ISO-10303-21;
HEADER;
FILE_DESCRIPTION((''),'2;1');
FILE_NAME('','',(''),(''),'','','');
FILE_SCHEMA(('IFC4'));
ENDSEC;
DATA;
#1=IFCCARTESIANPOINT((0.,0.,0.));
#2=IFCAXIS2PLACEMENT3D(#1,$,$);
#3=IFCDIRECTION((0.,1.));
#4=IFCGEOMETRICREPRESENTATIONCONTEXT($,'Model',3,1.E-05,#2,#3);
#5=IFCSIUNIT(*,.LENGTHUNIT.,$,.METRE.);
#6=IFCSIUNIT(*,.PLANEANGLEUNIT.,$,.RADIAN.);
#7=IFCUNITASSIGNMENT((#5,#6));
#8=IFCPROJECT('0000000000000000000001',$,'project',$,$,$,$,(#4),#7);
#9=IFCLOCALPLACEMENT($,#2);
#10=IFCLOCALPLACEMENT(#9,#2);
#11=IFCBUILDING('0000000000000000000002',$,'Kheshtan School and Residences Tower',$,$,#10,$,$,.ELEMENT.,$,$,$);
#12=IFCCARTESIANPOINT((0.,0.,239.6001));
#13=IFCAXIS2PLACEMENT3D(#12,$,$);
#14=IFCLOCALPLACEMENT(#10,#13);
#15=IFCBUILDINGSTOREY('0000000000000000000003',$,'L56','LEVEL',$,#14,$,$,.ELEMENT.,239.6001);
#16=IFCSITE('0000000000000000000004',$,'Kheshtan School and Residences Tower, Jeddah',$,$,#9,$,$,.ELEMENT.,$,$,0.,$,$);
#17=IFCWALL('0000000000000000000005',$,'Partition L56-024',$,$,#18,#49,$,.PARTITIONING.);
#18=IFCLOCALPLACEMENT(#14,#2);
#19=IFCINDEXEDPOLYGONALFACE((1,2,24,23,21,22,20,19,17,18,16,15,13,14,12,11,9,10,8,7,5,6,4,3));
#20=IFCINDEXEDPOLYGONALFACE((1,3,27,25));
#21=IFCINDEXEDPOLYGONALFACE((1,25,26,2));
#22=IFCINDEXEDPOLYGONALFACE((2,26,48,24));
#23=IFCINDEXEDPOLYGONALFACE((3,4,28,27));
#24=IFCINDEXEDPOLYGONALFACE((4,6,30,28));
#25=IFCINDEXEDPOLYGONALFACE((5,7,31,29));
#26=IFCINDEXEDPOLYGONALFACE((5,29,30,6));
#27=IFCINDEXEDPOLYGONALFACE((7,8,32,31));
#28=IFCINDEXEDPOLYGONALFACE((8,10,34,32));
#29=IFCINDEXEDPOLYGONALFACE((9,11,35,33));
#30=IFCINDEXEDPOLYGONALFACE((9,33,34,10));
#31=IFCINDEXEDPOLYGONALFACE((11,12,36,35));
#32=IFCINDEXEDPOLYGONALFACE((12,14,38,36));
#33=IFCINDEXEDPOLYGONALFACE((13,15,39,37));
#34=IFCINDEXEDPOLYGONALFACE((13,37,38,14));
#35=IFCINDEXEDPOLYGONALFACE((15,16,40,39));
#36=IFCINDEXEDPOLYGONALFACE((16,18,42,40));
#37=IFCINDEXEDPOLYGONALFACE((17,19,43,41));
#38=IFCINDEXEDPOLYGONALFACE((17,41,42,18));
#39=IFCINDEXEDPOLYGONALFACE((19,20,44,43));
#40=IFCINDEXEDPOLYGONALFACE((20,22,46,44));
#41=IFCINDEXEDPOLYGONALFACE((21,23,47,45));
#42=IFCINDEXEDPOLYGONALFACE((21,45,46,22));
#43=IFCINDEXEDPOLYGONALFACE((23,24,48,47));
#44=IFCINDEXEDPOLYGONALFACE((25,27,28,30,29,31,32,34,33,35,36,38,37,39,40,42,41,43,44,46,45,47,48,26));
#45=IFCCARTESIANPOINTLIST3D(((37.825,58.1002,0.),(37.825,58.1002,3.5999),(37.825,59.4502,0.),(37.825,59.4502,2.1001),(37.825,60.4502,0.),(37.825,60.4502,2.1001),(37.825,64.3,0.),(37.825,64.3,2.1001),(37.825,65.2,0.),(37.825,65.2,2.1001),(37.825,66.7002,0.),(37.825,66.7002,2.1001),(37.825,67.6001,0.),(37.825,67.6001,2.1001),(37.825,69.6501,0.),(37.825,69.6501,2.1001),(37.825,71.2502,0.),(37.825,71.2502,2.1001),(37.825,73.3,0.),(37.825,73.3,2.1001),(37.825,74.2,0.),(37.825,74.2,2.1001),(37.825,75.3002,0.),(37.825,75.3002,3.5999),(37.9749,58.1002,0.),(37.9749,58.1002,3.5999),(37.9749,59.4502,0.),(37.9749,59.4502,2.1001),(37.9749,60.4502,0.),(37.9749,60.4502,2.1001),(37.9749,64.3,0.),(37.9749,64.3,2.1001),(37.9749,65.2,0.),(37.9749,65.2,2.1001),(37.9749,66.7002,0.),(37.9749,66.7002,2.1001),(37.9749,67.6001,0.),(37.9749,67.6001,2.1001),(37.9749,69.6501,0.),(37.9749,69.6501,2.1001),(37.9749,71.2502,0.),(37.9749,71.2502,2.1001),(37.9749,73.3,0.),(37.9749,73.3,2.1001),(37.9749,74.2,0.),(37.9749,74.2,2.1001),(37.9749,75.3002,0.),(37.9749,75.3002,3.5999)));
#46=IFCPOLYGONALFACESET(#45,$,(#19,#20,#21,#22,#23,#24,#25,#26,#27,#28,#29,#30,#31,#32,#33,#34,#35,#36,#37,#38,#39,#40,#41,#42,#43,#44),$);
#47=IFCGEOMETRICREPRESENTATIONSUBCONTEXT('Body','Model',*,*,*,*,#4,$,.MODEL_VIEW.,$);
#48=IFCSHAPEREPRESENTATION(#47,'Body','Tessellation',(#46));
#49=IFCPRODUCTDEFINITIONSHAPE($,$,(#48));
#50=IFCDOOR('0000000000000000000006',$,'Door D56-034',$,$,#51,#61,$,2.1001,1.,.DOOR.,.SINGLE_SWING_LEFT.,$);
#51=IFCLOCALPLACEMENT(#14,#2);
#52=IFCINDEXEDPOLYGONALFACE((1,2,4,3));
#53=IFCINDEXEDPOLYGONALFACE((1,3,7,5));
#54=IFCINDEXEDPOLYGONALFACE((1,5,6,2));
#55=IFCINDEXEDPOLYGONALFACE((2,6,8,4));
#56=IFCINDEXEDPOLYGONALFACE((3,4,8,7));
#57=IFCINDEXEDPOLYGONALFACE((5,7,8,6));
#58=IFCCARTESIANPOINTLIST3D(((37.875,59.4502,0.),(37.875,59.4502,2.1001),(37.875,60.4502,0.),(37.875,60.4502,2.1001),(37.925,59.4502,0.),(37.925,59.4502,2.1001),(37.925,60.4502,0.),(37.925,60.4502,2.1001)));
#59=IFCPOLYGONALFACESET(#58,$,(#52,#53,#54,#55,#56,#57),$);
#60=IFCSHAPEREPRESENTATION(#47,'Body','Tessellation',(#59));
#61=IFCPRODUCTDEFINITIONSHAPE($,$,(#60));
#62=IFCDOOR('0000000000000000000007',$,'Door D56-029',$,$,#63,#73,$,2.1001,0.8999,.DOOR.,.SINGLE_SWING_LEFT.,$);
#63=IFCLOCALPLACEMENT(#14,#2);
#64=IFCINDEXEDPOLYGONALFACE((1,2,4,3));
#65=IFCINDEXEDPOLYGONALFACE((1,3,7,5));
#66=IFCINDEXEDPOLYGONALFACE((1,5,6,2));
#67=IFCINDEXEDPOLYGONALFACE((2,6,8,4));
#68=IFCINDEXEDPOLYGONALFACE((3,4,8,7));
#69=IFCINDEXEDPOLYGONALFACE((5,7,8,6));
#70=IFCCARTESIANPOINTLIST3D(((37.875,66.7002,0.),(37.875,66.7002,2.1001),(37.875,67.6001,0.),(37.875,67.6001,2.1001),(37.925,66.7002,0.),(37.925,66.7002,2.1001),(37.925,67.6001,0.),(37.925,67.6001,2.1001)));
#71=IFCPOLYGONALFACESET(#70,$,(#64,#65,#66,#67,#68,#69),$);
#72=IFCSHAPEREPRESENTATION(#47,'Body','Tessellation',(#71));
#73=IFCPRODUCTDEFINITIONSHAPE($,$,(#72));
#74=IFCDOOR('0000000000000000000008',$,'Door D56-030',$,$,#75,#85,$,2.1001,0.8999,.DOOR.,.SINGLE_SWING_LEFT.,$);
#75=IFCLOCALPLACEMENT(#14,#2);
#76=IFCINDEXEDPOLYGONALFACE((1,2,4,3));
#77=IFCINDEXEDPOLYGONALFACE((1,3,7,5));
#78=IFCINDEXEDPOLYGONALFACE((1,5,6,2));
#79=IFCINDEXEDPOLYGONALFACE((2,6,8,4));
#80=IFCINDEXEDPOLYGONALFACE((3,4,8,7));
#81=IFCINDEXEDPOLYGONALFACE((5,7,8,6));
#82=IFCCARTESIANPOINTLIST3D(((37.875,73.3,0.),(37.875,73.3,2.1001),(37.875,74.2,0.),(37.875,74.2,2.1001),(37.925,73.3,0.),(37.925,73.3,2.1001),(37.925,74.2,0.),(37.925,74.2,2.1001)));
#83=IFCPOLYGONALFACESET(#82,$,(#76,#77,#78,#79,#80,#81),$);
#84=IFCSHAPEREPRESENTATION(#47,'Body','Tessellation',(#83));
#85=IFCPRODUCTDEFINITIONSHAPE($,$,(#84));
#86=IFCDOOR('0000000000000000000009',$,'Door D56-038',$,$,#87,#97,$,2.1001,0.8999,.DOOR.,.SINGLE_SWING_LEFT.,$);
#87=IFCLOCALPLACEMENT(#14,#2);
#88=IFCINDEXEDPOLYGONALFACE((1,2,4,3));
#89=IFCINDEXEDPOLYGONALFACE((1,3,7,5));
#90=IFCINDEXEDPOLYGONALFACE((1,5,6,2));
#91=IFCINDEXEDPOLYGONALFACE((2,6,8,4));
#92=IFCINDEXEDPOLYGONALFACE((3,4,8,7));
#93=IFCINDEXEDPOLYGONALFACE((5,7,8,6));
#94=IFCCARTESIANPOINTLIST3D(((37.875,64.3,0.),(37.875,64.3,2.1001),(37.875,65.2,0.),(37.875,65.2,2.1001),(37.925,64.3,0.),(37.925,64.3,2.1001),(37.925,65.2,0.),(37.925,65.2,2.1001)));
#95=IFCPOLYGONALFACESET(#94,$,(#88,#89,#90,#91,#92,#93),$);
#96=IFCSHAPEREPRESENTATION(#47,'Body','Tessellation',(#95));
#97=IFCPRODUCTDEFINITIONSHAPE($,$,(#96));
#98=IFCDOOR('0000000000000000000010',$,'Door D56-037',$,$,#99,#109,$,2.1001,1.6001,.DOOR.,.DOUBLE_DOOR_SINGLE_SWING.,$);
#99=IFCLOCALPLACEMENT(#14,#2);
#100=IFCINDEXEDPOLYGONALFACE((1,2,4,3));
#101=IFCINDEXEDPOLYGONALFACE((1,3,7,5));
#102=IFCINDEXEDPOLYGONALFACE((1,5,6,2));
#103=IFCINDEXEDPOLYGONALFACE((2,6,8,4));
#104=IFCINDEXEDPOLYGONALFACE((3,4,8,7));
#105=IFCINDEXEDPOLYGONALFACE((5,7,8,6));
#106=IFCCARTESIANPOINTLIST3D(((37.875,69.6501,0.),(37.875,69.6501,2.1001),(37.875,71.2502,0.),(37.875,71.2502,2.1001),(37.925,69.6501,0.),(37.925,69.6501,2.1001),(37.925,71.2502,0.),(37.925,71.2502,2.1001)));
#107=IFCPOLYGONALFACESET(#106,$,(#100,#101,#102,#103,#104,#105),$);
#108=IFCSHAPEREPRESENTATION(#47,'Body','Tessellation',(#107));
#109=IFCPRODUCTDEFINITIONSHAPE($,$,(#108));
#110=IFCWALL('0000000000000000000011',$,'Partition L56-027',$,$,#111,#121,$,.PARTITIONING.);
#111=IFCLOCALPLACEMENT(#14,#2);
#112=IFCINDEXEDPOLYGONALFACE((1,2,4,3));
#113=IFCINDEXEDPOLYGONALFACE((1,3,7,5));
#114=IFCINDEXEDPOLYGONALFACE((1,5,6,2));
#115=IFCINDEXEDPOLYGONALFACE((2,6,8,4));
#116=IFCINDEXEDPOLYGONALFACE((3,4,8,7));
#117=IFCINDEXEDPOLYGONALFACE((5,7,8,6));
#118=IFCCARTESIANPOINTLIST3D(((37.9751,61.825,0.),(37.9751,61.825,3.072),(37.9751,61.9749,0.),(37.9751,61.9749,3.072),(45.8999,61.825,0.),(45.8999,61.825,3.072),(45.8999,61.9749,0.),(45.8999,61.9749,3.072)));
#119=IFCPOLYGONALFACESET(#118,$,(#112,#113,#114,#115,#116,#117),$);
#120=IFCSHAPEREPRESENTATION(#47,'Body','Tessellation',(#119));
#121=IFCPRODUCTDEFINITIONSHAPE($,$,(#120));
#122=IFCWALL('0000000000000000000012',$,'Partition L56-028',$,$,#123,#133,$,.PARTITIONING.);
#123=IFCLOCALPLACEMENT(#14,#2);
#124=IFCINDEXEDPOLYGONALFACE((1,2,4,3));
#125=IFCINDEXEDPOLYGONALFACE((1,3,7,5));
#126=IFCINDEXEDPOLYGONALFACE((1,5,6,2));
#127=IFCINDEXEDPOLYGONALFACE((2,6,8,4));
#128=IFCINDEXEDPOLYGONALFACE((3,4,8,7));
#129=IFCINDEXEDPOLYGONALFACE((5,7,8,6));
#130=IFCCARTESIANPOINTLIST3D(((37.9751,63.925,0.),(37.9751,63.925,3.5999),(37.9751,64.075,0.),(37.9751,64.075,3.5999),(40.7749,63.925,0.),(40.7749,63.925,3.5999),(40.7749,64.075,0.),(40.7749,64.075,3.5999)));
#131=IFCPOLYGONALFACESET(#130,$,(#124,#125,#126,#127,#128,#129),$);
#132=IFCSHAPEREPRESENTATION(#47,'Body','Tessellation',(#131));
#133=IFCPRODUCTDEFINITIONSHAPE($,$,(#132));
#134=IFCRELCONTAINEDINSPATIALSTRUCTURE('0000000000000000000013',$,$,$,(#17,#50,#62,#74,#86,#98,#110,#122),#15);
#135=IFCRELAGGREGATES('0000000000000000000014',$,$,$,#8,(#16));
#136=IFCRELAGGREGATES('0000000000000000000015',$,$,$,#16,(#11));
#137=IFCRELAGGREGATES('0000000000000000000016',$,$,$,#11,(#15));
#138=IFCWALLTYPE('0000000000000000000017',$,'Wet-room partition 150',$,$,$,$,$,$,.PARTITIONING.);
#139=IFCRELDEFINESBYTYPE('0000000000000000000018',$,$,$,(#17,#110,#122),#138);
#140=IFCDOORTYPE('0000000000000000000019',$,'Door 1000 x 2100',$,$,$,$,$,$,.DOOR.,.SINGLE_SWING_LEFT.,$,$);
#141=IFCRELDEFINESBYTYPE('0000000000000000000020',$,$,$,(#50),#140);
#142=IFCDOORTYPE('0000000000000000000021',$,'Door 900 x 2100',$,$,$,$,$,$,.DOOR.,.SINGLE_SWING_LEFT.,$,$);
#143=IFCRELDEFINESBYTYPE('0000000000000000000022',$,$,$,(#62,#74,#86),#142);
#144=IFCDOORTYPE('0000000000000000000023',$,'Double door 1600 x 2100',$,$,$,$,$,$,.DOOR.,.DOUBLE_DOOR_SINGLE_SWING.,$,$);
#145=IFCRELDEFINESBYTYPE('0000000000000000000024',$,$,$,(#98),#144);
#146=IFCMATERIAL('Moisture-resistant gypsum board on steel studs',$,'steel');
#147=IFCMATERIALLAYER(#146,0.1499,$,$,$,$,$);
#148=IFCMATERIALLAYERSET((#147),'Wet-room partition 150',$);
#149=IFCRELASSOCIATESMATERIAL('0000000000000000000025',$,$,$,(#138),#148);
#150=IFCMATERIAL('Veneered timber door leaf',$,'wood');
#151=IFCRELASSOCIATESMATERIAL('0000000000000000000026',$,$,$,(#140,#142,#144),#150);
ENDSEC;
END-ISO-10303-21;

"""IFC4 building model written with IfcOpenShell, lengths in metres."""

from ifc_helpers import new_model, si_unit, direction, frame, frame_2d, origin, place, context, subcontext, project, spatial, rectangle, extrude, source, transform, mapped, material, layer, layer_set, type_object, element, fill, save


model = new_model("IFC4")

# Units and contexts
model_context = context("Model", 3, precision=1e-05, world=origin(), true_north=direction((0.0, 1.0)))
body_context = subcontext(model_context, "Body", "Model", "MODEL_VIEW")
ifc_project = project(units=[si_unit("LENGTHUNIT", "METRE"), si_unit("PLANEANGLEUNIT", "RADIAN")], contexts=[model_context])

# Site, building, storey
site_placement = place(None, origin())
site = spatial("IfcSite", under=ifc_project, at=site_placement, Name="Kheshtan School and Residences Tower, Jeddah", CompositionType="ELEMENT", RefElevation=0.0)
building_placement = place(site_placement, origin())
building = spatial("IfcBuilding", under=site, at=building_placement, Name="Kheshtan School and Residences Tower", CompositionType="ELEMENT")
storey_placement = place(building_placement, frame((0.0, 0.0, 239.6001)))
storey = spatial("IfcBuildingStorey", under=building, at=storey_placement, Name="L56", Description="LEVEL", CompositionType="ELEMENT", Elevation=239.6001)

# Shared definitions
ifc_material_1 = material(Name="Moisture-resistant gypsum board on steel studs", Category="steel")
ifc_layer_1 = layer(ifc_material_1, 0.1499)
ifc_layer_set_1 = layer_set([ifc_layer_1], Name="Wet-room partition 150")
wall_type_1 = type_object("IfcWallType", Name="Wet-room partition 150", PredefinedType="PARTITIONING", material=ifc_layer_set_1)

# Shared definitions
ifc_material_2 = material(Name="Veneered timber door leaf", Category="wood")

# Wall, openings, doors
wall_1_placement = place(storey_placement, frame((37.8999, 58.1001, 0.0), z_axis=(0.0, 0.0, 1.0), x_axis=(0.0, 1.0, 0.0)))
wall_1 = element("IfcWall", 1, at=wall_1_placement, inside=storey, type_object=wall_type_1, Name="Partition L56-024", PredefinedType="PARTITIONING", context=body_context, shape_type="SweptSolid", body=[
    extrude(rectangle(XDim=17.2, YDim=0.1499, at=frame_2d((8.6001, 0.0))), origin(), (0.0, 0.0, 1.0), 3.5999),
])
opening_1_placement = place(wall_1_placement, frame((8.6001, 0.0, 0.0)))
opening_1 = element("IfcOpeningElement", 2, at=opening_1_placement, cuts=wall_1, PredefinedType="OPENING", context=body_context, shape_type="SweptSolid", body=[
    extrude(rectangle(XDim=0.8999, YDim=2.1001, at=frame_2d((0.45, 1.05))), frame((0.0, 0.085, 0.0), z_axis=(0.0, -1.0, 0.0), x_axis=(1.0, 0.0, 0.0)), (0.0, 0.0, 1.0), 0.1699),
])
opening_2_placement = place(wall_1_placement, frame((15.2, 0.0, 0.0)))
opening_2 = element("IfcOpeningElement", 3, at=opening_2_placement, cuts=wall_1, PredefinedType="OPENING", context=body_context, shape_type="SweptSolid", body=[
    extrude(rectangle(XDim=0.8999, YDim=2.1001, at=frame_2d((0.45, 1.05))), frame((0.0, 0.085, 0.0), z_axis=(0.0, -1.0, 0.0), x_axis=(1.0, 0.0, 0.0)), (0.0, 0.0, 1.0), 0.1699),
])
opening_3_placement = place(wall_1_placement, frame((1.3501, 0.0, 0.0)))
opening_3 = element("IfcOpeningElement", 4, at=opening_3_placement, cuts=wall_1, PredefinedType="OPENING", context=body_context, shape_type="SweptSolid", body=[
    extrude(rectangle(XDim=1.0, YDim=2.1001, at=frame_2d((0.5, 1.05))), frame((0.0, 0.085, 0.0), z_axis=(0.0, -1.0, 0.0), x_axis=(1.0, 0.0, 0.0)), (0.0, 0.0, 1.0), 0.1699),
])
opening_4_placement = place(wall_1_placement, frame((11.55, 0.0, 0.0)))
opening_4 = element("IfcOpeningElement", 5, at=opening_4_placement, cuts=wall_1, PredefinedType="OPENING", context=body_context, shape_type="SweptSolid", body=[
    extrude(rectangle(XDim=1.6001, YDim=2.1001, at=frame_2d((0.8, 1.05))), frame((0.0, 0.085, 0.0), z_axis=(0.0, -1.0, 0.0), x_axis=(1.0, 0.0, 0.0)), (0.0, 0.0, 1.0), 0.1699),
])
opening_5_placement = place(wall_1_placement, frame((6.2, 0.0, 0.0)))
opening_5 = element("IfcOpeningElement", 6, at=opening_5_placement, cuts=wall_1, PredefinedType="OPENING", context=body_context, shape_type="SweptSolid", body=[
    extrude(rectangle(XDim=0.8999, YDim=2.1001, at=frame_2d((0.45, 1.05))), frame((0.0, 0.085, 0.0), z_axis=(0.0, -1.0, 0.0), x_axis=(1.0, 0.0, 0.0)), (0.0, 0.0, 1.0), 0.1699),
])
door_type_1 = type_object("IfcDoorType", Name="Door 1000 x 2100", OperationType="SINGLE_SWING_LEFT", PredefinedType="DOOR", material=ifc_material_2)
shared_shape_1 = source(origin(), body_context, "Body", "SweptSolid", [
    extrude(rectangle(XDim=1.0, YDim=2.1001, at=frame_2d((0.5, 1.05))), frame((0.0, 0.0249, 0.0), z_axis=(0.0, -1.0, 0.0), x_axis=(1.0, 0.0, 0.0)), (0.0, 0.0, 1.0), 0.05),
])
door_1_placement = place(opening_3_placement, origin())
door_1 = element("IfcDoor", 7, at=door_1_placement, inside=storey, type_object=door_type_1, Name="Door D56-034", OperationType="SINGLE_SWING_LEFT", OverallHeight=2.1001, OverallWidth=1.0, PredefinedType="DOOR", context=body_context, shape_type="MappedRepresentation", body=[
    mapped(shared_shape_1, transform((0.0, 0.0, 0.0), x_axis=(1.0, 0.0, 0.0), y_axis=(0.0, 1.0, 0.0), z_axis=(0.0, 0.0, 1.0), scale=1.0)),
])
fill(opening_3, door_1)
door_type_2 = type_object("IfcDoorType", Name="Door 900 x 2100", OperationType="SINGLE_SWING_LEFT", PredefinedType="DOOR", material=ifc_material_2)
shared_shape_2 = source(origin(), body_context, "Body", "SweptSolid", [
    extrude(rectangle(XDim=0.8999, YDim=2.1001, at=frame_2d((0.45, 1.05))), frame((0.0, 0.0249, 0.0), z_axis=(0.0, -1.0, 0.0), x_axis=(1.0, 0.0, 0.0)), (0.0, 0.0, 1.0), 0.05),
])
door_2_placement = place(opening_1_placement, origin())
door_2 = element("IfcDoor", 8, at=door_2_placement, inside=storey, type_object=door_type_2, Name="Door D56-029", OperationType="SINGLE_SWING_LEFT", OverallHeight=2.1001, OverallWidth=0.8999, PredefinedType="DOOR", context=body_context, shape_type="MappedRepresentation", body=[
    mapped(shared_shape_2, transform((0.0, 0.0, 0.0), x_axis=(1.0, 0.0, 0.0), y_axis=(0.0, 1.0, 0.0), z_axis=(0.0, 0.0, 1.0), scale=1.0)),
])
fill(opening_1, door_2)
door_3_placement = place(opening_2_placement, origin())
door_3 = element("IfcDoor", 9, at=door_3_placement, inside=storey, type_object=door_type_2, Name="Door D56-030", OperationType="SINGLE_SWING_LEFT", OverallHeight=2.1001, OverallWidth=0.8999, PredefinedType="DOOR", context=body_context, shape_type="MappedRepresentation", body=[
    mapped(shared_shape_2, transform((0.0, 0.0, 0.0), x_axis=(1.0, 0.0, 0.0), y_axis=(0.0, 1.0, 0.0), z_axis=(0.0, 0.0, 1.0), scale=1.0)),
])
fill(opening_2, door_3)
door_4_placement = place(opening_5_placement, origin())
door_4 = element("IfcDoor", 10, at=door_4_placement, inside=storey, type_object=door_type_2, Name="Door D56-038", OperationType="SINGLE_SWING_LEFT", OverallHeight=2.1001, OverallWidth=0.8999, PredefinedType="DOOR", context=body_context, shape_type="MappedRepresentation", body=[
    mapped(shared_shape_2, transform((0.0, 0.0, 0.0), x_axis=(1.0, 0.0, 0.0), y_axis=(0.0, 1.0, 0.0), z_axis=(0.0, 0.0, 1.0), scale=1.0)),
])
fill(opening_5, door_4)
door_type_3 = type_object("IfcDoorType", Name="Double door 1600 x 2100", OperationType="DOUBLE_DOOR_SINGLE_SWING", PredefinedType="DOOR", material=ifc_material_2)
shared_shape_3 = source(origin(), body_context, "Body", "SweptSolid", [
    extrude(rectangle(XDim=1.6001, YDim=2.1001, at=frame_2d((0.8, 1.05))), frame((0.0, 0.0249, 0.0), z_axis=(0.0, -1.0, 0.0), x_axis=(1.0, 0.0, 0.0)), (0.0, 0.0, 1.0), 0.05),
])
door_5_placement = place(opening_4_placement, origin())
door_5 = element("IfcDoor", 11, at=door_5_placement, inside=storey, type_object=door_type_3, Name="Door D56-037", OperationType="DOUBLE_DOOR_SINGLE_SWING", OverallHeight=2.1001, OverallWidth=1.6001, PredefinedType="DOOR", context=body_context, shape_type="MappedRepresentation", body=[
    mapped(shared_shape_3, transform((0.0, 0.0, 0.0), x_axis=(1.0, 0.0, 0.0), y_axis=(0.0, 1.0, 0.0), z_axis=(0.0, 0.0, 1.0), scale=1.0)),
])
fill(opening_4, door_5)

# Walls
wall_2_placement = place(storey_placement, frame((37.9751, 61.8999, 0.0), z_axis=(0.0, 0.0, 1.0), x_axis=(1.0, 0.0, 0.0)))
element("IfcWall", 12, at=wall_2_placement, inside=storey, type_object=wall_type_1, Name="Partition L56-027", PredefinedType="PARTITIONING", context=body_context, shape_type="SweptSolid", body=[
    extrude(rectangle(XDim=7.9248, YDim=0.1499, at=frame_2d((3.9624, 0.0))), origin(), (0.0, 0.0, 1.0), 3.072),
])
wall_3_placement = place(storey_placement, frame((37.9751, 64.0, 0.0), z_axis=(0.0, 0.0, 1.0), x_axis=(1.0, 0.0, 0.0)))
element("IfcWall", 13, at=wall_3_placement, inside=storey, type_object=wall_type_1, Name="Partition L56-028", PredefinedType="PARTITIONING", context=body_context, shape_type="SweptSolid", body=[
    extrude(rectangle(XDim=2.7998, YDim=0.1499, at=frame_2d((1.3999, 0.0))), origin(), (0.0, 0.0, 1.0), 3.5999),
])

save(model, "model.ifc")
